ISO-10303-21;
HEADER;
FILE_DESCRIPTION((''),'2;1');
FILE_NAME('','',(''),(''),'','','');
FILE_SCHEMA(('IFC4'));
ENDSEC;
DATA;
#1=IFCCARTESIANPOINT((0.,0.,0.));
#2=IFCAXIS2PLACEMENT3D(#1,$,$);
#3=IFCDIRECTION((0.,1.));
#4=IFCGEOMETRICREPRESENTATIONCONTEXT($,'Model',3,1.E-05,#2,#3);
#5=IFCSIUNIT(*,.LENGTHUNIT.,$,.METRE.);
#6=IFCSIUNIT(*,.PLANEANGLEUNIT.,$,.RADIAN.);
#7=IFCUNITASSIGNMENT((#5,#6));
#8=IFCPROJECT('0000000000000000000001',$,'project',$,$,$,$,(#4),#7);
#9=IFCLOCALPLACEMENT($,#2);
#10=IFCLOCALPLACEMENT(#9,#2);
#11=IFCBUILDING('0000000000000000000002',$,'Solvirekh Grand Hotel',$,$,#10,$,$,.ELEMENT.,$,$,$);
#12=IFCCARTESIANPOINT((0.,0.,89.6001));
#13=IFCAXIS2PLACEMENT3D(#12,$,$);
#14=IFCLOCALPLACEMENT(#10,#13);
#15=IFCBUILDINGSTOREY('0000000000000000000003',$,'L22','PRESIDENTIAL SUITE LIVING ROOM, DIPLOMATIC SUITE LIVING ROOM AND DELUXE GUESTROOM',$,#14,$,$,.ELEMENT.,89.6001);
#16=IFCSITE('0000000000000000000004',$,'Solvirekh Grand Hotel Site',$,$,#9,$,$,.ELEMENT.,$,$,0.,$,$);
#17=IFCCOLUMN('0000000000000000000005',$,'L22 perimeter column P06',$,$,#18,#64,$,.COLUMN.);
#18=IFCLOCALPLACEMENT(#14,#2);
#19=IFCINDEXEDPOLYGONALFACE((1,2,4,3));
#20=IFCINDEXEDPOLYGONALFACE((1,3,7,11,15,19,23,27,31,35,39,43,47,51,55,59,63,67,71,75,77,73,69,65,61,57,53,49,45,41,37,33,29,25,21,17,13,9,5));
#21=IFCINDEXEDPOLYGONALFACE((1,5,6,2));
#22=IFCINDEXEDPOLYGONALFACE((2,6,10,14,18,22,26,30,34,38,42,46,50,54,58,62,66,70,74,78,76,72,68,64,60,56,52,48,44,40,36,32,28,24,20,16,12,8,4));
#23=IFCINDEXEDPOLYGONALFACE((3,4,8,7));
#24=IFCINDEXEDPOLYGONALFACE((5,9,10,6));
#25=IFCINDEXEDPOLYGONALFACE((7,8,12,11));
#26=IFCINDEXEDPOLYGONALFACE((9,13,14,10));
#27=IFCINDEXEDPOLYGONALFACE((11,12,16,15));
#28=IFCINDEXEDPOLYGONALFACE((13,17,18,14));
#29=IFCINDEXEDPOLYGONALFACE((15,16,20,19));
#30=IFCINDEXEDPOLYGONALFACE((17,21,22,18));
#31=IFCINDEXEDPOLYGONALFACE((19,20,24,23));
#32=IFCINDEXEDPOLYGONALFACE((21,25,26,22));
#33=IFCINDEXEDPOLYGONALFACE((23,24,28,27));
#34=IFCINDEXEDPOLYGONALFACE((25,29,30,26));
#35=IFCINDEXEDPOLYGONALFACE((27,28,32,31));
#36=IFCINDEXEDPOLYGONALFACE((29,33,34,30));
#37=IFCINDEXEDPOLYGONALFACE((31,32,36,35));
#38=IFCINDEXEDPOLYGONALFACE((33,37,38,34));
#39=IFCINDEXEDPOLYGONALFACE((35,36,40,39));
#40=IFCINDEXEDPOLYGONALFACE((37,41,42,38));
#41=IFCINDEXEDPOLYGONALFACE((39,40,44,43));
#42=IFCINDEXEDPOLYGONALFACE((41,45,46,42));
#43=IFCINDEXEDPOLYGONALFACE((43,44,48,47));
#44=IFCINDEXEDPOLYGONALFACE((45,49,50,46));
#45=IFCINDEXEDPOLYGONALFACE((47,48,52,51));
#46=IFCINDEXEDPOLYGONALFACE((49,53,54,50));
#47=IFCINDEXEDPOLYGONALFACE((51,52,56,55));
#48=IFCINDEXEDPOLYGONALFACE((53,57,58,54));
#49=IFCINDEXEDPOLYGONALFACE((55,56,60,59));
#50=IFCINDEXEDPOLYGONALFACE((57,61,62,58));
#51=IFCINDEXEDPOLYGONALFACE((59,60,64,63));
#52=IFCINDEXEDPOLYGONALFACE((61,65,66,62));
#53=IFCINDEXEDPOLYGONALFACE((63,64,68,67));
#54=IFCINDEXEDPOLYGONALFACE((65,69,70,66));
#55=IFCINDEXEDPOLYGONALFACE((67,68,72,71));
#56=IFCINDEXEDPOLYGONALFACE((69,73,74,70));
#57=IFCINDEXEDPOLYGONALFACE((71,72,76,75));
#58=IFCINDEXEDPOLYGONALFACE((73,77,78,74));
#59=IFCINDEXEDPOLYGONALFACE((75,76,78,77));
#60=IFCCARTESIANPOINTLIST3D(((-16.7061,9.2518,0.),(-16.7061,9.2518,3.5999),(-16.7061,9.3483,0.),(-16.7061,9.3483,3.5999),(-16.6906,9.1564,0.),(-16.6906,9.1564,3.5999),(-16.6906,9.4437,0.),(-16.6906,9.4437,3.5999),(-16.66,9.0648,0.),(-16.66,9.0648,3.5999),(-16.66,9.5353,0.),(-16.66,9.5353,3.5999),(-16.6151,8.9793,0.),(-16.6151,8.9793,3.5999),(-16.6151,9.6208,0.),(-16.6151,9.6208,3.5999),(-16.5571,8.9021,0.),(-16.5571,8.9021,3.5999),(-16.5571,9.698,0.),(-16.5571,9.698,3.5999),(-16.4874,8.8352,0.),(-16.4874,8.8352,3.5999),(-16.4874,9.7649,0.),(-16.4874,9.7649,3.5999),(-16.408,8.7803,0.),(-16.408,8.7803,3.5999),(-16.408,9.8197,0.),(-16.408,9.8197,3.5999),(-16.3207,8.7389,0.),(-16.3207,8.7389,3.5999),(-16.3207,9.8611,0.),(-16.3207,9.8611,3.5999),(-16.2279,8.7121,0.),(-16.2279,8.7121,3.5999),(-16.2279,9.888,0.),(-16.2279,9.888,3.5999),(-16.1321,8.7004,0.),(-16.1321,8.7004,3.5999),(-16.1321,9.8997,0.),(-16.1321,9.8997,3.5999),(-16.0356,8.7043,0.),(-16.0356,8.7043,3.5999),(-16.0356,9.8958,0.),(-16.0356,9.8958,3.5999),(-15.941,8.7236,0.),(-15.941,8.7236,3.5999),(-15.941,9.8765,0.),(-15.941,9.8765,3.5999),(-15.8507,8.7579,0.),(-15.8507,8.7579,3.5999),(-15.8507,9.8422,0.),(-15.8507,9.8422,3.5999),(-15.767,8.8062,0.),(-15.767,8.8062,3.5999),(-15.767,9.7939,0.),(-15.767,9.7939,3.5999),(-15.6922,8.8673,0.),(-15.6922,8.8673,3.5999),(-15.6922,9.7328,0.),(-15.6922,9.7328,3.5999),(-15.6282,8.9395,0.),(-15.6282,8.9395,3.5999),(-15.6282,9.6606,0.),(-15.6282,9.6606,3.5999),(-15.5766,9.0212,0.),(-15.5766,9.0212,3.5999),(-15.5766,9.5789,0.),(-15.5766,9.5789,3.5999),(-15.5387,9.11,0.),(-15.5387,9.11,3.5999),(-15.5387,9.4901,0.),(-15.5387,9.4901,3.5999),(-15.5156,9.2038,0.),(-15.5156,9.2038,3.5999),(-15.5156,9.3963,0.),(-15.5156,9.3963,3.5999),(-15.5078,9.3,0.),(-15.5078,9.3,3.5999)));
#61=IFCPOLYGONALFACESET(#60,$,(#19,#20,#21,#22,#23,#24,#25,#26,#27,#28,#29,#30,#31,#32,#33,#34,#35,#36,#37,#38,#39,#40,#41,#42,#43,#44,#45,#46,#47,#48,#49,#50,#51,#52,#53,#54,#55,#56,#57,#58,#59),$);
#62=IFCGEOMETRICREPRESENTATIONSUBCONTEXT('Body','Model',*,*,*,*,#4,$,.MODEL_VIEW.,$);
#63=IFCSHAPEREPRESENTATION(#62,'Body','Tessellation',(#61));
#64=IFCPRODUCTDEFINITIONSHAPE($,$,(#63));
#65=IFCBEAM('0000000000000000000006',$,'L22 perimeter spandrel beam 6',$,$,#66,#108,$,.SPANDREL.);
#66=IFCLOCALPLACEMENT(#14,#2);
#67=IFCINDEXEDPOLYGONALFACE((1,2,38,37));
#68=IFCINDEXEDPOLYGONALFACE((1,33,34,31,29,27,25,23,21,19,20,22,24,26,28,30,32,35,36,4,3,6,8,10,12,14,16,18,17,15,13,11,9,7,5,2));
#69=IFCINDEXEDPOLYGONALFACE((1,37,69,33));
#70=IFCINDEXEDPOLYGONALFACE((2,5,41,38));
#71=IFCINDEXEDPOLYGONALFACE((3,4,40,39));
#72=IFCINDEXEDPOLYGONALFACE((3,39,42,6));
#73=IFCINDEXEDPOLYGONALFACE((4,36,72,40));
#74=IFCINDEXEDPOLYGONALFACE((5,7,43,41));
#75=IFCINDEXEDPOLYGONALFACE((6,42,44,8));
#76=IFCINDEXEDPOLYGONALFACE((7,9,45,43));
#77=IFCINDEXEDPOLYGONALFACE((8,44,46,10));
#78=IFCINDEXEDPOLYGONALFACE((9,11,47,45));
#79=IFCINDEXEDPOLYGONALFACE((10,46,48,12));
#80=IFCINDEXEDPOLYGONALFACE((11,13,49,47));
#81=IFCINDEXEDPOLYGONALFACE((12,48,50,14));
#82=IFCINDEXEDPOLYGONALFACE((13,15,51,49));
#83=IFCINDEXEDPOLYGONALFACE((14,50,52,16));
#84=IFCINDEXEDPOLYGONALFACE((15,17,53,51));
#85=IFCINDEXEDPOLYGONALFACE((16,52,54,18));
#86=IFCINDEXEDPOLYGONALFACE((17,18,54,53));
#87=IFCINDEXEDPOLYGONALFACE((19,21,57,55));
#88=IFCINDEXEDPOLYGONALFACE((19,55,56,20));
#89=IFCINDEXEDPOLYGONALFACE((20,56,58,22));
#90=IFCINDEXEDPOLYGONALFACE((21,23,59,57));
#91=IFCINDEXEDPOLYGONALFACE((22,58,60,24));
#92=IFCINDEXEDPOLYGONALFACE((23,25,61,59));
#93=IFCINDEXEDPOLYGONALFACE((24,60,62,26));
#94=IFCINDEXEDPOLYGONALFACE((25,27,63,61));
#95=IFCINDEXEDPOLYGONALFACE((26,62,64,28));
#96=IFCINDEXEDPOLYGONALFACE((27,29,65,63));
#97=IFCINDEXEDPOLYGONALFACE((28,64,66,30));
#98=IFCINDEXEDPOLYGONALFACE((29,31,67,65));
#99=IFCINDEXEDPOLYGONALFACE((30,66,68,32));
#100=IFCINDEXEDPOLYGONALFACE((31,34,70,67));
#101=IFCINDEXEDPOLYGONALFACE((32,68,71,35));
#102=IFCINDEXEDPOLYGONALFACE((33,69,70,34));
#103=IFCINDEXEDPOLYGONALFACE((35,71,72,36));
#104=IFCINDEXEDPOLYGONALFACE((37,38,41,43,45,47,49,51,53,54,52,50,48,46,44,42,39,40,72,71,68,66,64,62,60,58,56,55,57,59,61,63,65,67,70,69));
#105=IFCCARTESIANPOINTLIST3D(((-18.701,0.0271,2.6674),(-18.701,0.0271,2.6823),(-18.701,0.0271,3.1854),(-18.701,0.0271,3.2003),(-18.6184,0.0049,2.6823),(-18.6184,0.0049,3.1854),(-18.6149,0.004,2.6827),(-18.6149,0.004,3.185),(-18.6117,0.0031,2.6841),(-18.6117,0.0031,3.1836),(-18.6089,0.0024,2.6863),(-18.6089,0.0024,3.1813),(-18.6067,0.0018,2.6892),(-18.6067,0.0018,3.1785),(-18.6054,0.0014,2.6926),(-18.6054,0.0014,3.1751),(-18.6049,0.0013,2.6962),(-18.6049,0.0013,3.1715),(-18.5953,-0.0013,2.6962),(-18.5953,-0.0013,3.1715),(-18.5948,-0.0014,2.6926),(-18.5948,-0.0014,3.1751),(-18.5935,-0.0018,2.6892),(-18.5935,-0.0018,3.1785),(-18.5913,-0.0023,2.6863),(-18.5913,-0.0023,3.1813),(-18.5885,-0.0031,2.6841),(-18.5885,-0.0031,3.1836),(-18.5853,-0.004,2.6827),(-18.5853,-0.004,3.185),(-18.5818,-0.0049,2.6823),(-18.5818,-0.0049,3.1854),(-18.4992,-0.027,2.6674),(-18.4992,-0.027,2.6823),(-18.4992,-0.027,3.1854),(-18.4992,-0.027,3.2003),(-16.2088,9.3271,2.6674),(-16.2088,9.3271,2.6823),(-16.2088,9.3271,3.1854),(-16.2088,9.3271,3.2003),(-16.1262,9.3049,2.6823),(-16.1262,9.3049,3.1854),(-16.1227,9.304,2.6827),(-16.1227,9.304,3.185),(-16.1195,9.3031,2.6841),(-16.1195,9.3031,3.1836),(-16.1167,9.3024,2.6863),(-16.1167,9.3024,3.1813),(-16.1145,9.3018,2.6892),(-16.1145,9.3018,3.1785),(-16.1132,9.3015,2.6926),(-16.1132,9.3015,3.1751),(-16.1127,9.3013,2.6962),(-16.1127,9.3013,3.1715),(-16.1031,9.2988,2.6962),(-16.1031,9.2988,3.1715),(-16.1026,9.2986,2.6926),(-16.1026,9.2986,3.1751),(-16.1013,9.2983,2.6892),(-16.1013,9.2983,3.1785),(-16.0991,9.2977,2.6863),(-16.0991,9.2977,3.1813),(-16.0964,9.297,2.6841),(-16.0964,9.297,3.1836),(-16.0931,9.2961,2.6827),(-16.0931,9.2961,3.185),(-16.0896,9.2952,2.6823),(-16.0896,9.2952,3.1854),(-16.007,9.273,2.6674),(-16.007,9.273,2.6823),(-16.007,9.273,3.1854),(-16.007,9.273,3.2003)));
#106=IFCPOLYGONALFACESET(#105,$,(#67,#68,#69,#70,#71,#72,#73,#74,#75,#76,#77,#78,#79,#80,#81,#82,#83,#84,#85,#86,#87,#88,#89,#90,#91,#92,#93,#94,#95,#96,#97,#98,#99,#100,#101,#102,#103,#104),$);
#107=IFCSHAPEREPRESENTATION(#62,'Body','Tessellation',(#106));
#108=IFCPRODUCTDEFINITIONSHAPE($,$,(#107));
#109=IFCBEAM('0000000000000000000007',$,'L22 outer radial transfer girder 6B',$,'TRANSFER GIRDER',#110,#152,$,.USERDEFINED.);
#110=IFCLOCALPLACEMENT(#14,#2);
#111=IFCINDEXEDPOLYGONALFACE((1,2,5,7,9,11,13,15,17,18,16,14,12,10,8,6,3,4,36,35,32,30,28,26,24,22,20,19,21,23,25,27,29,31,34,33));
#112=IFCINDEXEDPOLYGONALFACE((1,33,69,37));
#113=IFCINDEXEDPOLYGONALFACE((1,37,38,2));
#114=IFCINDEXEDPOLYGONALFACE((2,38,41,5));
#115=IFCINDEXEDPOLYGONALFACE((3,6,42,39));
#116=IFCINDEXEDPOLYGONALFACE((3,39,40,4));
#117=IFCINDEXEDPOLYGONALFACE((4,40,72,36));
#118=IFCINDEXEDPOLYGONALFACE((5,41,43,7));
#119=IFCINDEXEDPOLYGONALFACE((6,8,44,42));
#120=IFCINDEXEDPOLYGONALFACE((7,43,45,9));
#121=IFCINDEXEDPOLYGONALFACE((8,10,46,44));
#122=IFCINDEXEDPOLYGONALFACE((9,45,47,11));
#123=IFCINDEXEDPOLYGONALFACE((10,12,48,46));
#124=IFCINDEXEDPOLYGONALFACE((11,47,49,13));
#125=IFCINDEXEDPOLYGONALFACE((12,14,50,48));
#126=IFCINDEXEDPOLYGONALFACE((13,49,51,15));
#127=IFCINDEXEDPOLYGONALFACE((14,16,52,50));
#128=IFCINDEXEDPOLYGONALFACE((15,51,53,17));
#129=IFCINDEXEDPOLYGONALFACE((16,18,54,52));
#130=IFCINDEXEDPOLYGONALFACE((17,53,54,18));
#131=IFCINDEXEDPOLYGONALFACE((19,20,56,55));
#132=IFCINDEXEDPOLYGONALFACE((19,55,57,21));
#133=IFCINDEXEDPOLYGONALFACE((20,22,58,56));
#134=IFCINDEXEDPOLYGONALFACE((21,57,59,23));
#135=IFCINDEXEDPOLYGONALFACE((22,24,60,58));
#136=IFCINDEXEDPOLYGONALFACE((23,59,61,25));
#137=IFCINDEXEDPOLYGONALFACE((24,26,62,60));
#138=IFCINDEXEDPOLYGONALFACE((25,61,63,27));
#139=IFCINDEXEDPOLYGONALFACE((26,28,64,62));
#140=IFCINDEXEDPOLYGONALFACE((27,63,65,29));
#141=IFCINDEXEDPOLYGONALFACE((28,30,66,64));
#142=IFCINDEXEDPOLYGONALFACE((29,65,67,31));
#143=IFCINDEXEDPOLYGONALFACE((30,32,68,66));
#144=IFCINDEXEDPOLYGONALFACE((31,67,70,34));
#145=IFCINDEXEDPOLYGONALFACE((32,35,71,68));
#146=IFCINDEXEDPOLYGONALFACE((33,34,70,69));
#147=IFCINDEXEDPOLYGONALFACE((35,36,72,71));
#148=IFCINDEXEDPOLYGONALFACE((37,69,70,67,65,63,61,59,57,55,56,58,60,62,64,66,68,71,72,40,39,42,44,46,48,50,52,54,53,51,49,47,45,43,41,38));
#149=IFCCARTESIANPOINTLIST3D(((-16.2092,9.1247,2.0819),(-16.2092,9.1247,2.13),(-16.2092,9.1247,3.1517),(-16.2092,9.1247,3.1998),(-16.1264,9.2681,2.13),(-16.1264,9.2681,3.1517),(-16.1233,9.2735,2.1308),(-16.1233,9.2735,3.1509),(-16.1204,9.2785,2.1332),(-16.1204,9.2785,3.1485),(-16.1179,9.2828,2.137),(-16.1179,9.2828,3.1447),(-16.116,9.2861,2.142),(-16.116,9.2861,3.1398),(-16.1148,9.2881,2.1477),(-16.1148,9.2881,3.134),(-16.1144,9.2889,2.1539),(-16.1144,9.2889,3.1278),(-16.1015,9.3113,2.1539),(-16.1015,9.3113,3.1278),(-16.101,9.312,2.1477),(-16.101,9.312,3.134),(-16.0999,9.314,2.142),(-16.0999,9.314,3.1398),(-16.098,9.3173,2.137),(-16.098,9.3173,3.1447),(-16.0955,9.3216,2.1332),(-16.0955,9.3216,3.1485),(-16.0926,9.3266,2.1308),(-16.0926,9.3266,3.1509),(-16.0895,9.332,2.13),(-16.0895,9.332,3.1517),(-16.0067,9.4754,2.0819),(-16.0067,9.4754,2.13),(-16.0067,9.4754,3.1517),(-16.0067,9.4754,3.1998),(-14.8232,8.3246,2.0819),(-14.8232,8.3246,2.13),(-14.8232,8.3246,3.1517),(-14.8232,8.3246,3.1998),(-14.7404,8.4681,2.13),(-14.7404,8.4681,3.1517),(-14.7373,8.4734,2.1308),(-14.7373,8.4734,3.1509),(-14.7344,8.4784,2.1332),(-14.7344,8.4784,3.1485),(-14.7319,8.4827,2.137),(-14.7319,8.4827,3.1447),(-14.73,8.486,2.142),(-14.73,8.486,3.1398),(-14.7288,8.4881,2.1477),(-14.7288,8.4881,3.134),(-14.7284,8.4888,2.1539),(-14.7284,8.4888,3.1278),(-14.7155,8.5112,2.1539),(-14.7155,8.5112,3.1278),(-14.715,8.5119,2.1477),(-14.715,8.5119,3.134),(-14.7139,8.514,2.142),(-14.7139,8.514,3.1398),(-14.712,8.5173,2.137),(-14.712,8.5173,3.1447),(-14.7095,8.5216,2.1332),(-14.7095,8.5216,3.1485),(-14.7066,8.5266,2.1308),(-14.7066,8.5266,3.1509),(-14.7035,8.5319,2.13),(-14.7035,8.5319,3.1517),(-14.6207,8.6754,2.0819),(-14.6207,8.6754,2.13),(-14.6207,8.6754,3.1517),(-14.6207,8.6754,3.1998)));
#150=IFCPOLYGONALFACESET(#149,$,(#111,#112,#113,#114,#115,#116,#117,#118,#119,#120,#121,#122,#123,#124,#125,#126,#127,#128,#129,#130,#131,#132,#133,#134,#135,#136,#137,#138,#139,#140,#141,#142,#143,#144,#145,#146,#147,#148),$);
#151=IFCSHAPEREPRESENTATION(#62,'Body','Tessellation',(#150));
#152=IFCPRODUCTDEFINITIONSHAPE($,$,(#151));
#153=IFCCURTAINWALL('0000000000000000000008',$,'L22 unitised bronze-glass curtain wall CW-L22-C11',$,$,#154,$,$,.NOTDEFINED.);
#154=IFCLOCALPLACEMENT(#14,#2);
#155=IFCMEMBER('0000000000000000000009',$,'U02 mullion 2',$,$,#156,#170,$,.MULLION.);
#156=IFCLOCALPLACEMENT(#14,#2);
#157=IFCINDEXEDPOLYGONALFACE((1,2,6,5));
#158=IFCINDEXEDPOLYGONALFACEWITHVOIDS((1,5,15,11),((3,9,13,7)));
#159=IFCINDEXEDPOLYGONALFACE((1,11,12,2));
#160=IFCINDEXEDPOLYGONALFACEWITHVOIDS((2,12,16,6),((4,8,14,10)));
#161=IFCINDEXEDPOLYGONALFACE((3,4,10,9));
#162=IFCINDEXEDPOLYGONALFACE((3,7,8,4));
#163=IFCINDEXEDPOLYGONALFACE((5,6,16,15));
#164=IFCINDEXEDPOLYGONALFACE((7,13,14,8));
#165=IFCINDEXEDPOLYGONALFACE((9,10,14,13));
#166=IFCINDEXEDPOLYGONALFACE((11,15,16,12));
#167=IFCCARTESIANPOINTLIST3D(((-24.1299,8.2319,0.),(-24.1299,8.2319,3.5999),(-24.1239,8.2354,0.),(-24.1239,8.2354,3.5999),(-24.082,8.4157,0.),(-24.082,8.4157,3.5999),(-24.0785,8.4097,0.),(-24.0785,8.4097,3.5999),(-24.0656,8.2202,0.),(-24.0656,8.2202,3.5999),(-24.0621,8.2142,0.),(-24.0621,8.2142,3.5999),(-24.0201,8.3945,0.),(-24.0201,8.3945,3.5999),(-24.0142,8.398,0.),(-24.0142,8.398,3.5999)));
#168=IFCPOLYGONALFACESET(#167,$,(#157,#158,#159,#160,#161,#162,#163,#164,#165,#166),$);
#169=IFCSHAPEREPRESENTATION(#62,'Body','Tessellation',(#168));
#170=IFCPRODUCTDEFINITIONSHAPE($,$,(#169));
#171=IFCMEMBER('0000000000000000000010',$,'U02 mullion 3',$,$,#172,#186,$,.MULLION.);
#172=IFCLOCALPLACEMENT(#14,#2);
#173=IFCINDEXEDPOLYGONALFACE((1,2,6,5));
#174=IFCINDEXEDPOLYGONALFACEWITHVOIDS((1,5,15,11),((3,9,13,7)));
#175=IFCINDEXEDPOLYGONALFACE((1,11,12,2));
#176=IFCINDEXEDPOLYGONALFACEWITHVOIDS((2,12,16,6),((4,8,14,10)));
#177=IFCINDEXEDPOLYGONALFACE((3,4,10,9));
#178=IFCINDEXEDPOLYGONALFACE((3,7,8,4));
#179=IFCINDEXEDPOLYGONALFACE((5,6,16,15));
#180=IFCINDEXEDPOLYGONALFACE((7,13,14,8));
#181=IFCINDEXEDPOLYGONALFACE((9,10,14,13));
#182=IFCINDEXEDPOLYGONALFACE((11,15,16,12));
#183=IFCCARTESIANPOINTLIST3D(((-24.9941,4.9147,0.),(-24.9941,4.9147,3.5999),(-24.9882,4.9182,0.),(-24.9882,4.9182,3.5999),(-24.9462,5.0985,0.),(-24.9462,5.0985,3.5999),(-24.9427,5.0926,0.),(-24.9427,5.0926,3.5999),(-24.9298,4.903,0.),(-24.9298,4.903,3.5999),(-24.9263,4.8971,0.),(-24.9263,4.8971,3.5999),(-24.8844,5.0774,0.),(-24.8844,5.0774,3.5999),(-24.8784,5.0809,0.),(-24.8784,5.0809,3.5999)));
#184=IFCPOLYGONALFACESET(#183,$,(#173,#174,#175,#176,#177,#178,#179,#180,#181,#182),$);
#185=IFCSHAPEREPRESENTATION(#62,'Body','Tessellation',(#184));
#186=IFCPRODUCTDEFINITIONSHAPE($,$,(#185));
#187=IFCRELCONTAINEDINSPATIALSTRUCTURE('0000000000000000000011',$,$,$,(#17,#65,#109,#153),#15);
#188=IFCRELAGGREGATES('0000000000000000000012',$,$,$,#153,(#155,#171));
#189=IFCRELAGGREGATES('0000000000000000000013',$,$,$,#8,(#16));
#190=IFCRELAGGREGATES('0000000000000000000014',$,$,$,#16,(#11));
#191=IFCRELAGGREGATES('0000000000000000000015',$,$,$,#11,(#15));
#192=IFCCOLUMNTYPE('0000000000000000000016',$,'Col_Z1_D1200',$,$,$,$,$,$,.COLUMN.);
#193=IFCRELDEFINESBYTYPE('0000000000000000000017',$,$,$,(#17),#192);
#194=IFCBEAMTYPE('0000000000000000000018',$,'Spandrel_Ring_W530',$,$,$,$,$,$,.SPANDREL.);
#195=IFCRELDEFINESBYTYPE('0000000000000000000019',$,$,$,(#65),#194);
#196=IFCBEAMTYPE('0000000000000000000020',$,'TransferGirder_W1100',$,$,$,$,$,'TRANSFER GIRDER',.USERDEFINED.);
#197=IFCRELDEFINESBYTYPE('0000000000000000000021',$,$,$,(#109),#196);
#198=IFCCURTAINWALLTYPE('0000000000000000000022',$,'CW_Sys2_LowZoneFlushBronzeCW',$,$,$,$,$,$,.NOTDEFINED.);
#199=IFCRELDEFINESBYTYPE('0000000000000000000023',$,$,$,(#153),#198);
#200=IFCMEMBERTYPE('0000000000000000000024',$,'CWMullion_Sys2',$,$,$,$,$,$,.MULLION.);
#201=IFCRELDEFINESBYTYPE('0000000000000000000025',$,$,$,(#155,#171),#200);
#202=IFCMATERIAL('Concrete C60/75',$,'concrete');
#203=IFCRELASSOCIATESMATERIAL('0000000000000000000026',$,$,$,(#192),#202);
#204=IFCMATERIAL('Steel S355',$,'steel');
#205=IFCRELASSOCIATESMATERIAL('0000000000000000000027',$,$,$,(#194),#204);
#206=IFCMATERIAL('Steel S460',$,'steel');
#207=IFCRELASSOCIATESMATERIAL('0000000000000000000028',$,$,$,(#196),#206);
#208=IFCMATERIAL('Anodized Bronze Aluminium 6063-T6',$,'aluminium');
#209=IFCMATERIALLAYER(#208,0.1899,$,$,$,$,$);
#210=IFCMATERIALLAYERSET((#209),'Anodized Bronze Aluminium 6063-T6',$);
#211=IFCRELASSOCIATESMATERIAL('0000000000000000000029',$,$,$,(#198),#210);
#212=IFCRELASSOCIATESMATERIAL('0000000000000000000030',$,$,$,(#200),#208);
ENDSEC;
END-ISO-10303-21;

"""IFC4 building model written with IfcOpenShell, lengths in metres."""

from ifc_helpers import new_model, si_unit, direction, frame, origin, origin_2d, place, context, subcontext, project, spatial, hollow_rectangle, circle, i_section, extrude, source, transform, mapped, material, layer, layer_set, material_profile, profile_set, type_object, element, aggregate, save


model = new_model("IFC4")

# Units and contexts
model_context = context("Model", 3, precision=1e-05, world=origin(), true_north=direction((0.0, 1.0)))
body_context = subcontext(model_context, "Body", "Model", "MODEL_VIEW")
ifc_project = project(units=[si_unit("LENGTHUNIT", "METRE"), si_unit("PLANEANGLEUNIT", "RADIAN")], contexts=[model_context])

# Site, building, storey
site_placement = place(None, origin())
site = spatial("IfcSite", under=ifc_project, at=site_placement, Name="Solvirekh Grand Hotel Site", CompositionType="ELEMENT", RefElevation=0.0)
building_placement = place(site_placement, origin())
building = spatial("IfcBuilding", under=site, at=building_placement, Name="Solvirekh Grand Hotel", CompositionType="ELEMENT")
storey_placement = place(building_placement, frame((0.0, 0.0, 89.6001)))
storey = spatial("IfcBuildingStorey", under=building, at=storey_placement, Name="L22", Description="PRESIDENTIAL SUITE LIVING ROOM, DIPLOMATIC SUITE LIVING ROOM AND DELUXE GUESTROOM", CompositionType="ELEMENT", Elevation=89.6001)

# Column
ifc_material_1 = material(Name="Concrete C60/75", Category="concrete")
ifc_material_profile_1 = material_profile(ifc_material_1, circle(Radius=0.6001, at=origin_2d()), Name="RC CIRC D1200")
ifc_profile_set_1 = profile_set([ifc_material_profile_1], Name="Concrete C60/75")
column_type = type_object("IfcColumnType", Name="Col_Z1_D1200", PredefinedType="COLUMN", material=ifc_profile_set_1)
column_placement = place(storey_placement, frame((-16.1079, 9.3, 0.0), z_axis=(0.0, 0.0, 1.0), x_axis=(1.0, 0.0, 0.0)))
element("IfcColumn", 1, at=column_placement, inside=storey, type_object=column_type, Name="L22 perimeter column P06", PredefinedType="COLUMN", context=body_context, shape_type="SweptSolid", body=[
    extrude(circle(Radius=0.6001, at=origin_2d()), origin(), (0.0, 0.0, 1.0), 3.5999),
])

# Beams
ifc_material_2 = material(Name="Steel S355", Category="steel")
ifc_material_profile_2 = material_profile(ifc_material_2, i_section(OverallWidth=0.209, OverallDepth=0.533, WebThickness=0.01, FlangeThickness=0.0149, FilletRadius=0.0139, at=origin_2d()), Name="W530X92")
ifc_profile_set_2 = profile_set([ifc_material_profile_2], Name="Steel S355")
beam_type_1 = type_object("IfcBeamType", Name="Spandrel_Ring_W530", PredefinedType="SPANDREL", material=ifc_profile_set_2)
beam_1_placement = place(storey_placement, frame((-16.1079, 9.3, 2.9338), z_axis=(-0.258843, -0.965919, 0.0), x_axis=(0.965919, -0.258843, 0.0)))
element("IfcBeam", 2, at=beam_1_placement, inside=storey, type_object=beam_type_1, Name="L22 perimeter spandrel beam 6", PredefinedType="SPANDREL", context=body_context, shape_type="SweptSolid", body=[
    extrude(i_section(OverallWidth=0.209, OverallDepth=0.533, WebThickness=0.01, FlangeThickness=0.0149, FilletRadius=0.0139, at=origin_2d()), origin(), (0.0, 0.0, 1.0), 9.6282),
])
ifc_material_3 = material(Name="Steel S460", Category="steel")
ifc_material_profile_3 = material_profile(ifc_material_3, i_section(OverallWidth=0.405, OverallDepth=1.1179, WebThickness=0.0259, FlangeThickness=0.0481, FilletRadius=0.0239, at=origin_2d()), Name="W1100X499")
ifc_profile_set_3 = profile_set([ifc_material_profile_3], Name="Steel S460")
beam_type_2 = type_object("IfcBeamType", Name="TransferGirder_W1100", ElementType="TRANSFER GIRDER", PredefinedType="USERDEFINED", material=ifc_profile_set_3)
beam_2_placement = place(storey_placement, frame((-14.7219, 8.5, 2.6409), z_axis=(-0.866066, 0.499929, 0.0), x_axis=(-0.499929, -0.866066, 0.0)))
element("IfcBeam", 3, at=beam_2_placement, inside=storey, type_object=beam_type_2, Name="L22 outer radial transfer girder 6B", ObjectType="TRANSFER GIRDER", PredefinedType="USERDEFINED", context=body_context, shape_type="SweptSolid", body=[
    extrude(i_section(OverallWidth=0.405, OverallDepth=1.1179, WebThickness=0.0259, FlangeThickness=0.0481, FilletRadius=0.0239, at=origin_2d()), origin(), (0.0, 0.0, 1.0), 1.6003),
])

# Curtain wall, members
ifc_material_4 = material(Name="Anodized Bronze Aluminium 6063-T6", Category="aluminium")
ifc_layer_1 = layer(ifc_material_4, 0.1899)
ifc_layer_set_1 = layer_set([ifc_layer_1], Name="Anodized Bronze Aluminium 6063-T6")
curtain_wall_type = type_object("IfcCurtainWallType", Name="CW_Sys2_LowZoneFlushBronzeCW", PredefinedType="NOTDEFINED", material=ifc_layer_set_1)
curtain_wall_placement = place(storey_placement, origin())
curtain_wall = element("IfcCurtainWall", 4, at=curtain_wall_placement, inside=storey, type_object=curtain_wall_type, Name="L22 unitised bronze-glass curtain wall CW-L22-C11", PredefinedType="NOTDEFINED")
ifc_material_profile_4 = material_profile(ifc_material_4, hollow_rectangle(XDim=0.0701, YDim=0.1899, WallThickness=0.0049, at=origin_2d()), Name="ALU RHS 190X70X5")
ifc_profile_set_4 = profile_set([ifc_material_profile_4], Name="Anodized Bronze Aluminium 6063-T6")
member_type_1 = type_object("IfcMemberType", Name="CWMullion_Sys2", PredefinedType="MULLION", material=ifc_profile_set_4)
shared_shape_1 = source(origin(), body_context, "Body", "SweptSolid", [
    extrude(hollow_rectangle(XDim=0.0701, YDim=0.1899, WallThickness=0.0049, at=origin_2d()), origin(), (0.0, 0.0, 1.0), 3.5999),
])
member_1_placement = place(storey_placement, frame((-24.072, 8.3149, 0.0), z_axis=(0.0, 0.0, 1.0), x_axis=(0.9677, -0.252104, 0.0)))
member_1 = element("IfcMember", 5, at=member_1_placement, type_object=member_type_1, Name="U02 mullion 2", PredefinedType="MULLION", context=body_context, shape_type="MappedRepresentation", body=[
    mapped(shared_shape_1, transform((0.0, 0.0, 0.0), x_axis=(1.0, 0.0, 0.0), y_axis=(0.0, 1.0, 0.0), z_axis=(0.0, 0.0, 1.0), scale=1.0)),
])
member_2_placement = place(storey_placement, frame((-24.9363, 4.9978, 0.0), z_axis=(0.0, 0.0, 1.0), x_axis=(0.9677, -0.252104, 0.0)))
member_2 = element("IfcMember", 6, at=member_2_placement, type_object=member_type_1, Name="U02 mullion 3", PredefinedType="MULLION", context=body_context, shape_type="MappedRepresentation", body=[
    mapped(shared_shape_1, transform((0.0, 0.0, 0.0), x_axis=(1.0, 0.0, 0.0), y_axis=(0.0, 1.0, 0.0), z_axis=(0.0, 0.0, 1.0), scale=1.0)),
])
aggregate(curtain_wall, [member_1, member_2])

save(model, "model.ifc")
